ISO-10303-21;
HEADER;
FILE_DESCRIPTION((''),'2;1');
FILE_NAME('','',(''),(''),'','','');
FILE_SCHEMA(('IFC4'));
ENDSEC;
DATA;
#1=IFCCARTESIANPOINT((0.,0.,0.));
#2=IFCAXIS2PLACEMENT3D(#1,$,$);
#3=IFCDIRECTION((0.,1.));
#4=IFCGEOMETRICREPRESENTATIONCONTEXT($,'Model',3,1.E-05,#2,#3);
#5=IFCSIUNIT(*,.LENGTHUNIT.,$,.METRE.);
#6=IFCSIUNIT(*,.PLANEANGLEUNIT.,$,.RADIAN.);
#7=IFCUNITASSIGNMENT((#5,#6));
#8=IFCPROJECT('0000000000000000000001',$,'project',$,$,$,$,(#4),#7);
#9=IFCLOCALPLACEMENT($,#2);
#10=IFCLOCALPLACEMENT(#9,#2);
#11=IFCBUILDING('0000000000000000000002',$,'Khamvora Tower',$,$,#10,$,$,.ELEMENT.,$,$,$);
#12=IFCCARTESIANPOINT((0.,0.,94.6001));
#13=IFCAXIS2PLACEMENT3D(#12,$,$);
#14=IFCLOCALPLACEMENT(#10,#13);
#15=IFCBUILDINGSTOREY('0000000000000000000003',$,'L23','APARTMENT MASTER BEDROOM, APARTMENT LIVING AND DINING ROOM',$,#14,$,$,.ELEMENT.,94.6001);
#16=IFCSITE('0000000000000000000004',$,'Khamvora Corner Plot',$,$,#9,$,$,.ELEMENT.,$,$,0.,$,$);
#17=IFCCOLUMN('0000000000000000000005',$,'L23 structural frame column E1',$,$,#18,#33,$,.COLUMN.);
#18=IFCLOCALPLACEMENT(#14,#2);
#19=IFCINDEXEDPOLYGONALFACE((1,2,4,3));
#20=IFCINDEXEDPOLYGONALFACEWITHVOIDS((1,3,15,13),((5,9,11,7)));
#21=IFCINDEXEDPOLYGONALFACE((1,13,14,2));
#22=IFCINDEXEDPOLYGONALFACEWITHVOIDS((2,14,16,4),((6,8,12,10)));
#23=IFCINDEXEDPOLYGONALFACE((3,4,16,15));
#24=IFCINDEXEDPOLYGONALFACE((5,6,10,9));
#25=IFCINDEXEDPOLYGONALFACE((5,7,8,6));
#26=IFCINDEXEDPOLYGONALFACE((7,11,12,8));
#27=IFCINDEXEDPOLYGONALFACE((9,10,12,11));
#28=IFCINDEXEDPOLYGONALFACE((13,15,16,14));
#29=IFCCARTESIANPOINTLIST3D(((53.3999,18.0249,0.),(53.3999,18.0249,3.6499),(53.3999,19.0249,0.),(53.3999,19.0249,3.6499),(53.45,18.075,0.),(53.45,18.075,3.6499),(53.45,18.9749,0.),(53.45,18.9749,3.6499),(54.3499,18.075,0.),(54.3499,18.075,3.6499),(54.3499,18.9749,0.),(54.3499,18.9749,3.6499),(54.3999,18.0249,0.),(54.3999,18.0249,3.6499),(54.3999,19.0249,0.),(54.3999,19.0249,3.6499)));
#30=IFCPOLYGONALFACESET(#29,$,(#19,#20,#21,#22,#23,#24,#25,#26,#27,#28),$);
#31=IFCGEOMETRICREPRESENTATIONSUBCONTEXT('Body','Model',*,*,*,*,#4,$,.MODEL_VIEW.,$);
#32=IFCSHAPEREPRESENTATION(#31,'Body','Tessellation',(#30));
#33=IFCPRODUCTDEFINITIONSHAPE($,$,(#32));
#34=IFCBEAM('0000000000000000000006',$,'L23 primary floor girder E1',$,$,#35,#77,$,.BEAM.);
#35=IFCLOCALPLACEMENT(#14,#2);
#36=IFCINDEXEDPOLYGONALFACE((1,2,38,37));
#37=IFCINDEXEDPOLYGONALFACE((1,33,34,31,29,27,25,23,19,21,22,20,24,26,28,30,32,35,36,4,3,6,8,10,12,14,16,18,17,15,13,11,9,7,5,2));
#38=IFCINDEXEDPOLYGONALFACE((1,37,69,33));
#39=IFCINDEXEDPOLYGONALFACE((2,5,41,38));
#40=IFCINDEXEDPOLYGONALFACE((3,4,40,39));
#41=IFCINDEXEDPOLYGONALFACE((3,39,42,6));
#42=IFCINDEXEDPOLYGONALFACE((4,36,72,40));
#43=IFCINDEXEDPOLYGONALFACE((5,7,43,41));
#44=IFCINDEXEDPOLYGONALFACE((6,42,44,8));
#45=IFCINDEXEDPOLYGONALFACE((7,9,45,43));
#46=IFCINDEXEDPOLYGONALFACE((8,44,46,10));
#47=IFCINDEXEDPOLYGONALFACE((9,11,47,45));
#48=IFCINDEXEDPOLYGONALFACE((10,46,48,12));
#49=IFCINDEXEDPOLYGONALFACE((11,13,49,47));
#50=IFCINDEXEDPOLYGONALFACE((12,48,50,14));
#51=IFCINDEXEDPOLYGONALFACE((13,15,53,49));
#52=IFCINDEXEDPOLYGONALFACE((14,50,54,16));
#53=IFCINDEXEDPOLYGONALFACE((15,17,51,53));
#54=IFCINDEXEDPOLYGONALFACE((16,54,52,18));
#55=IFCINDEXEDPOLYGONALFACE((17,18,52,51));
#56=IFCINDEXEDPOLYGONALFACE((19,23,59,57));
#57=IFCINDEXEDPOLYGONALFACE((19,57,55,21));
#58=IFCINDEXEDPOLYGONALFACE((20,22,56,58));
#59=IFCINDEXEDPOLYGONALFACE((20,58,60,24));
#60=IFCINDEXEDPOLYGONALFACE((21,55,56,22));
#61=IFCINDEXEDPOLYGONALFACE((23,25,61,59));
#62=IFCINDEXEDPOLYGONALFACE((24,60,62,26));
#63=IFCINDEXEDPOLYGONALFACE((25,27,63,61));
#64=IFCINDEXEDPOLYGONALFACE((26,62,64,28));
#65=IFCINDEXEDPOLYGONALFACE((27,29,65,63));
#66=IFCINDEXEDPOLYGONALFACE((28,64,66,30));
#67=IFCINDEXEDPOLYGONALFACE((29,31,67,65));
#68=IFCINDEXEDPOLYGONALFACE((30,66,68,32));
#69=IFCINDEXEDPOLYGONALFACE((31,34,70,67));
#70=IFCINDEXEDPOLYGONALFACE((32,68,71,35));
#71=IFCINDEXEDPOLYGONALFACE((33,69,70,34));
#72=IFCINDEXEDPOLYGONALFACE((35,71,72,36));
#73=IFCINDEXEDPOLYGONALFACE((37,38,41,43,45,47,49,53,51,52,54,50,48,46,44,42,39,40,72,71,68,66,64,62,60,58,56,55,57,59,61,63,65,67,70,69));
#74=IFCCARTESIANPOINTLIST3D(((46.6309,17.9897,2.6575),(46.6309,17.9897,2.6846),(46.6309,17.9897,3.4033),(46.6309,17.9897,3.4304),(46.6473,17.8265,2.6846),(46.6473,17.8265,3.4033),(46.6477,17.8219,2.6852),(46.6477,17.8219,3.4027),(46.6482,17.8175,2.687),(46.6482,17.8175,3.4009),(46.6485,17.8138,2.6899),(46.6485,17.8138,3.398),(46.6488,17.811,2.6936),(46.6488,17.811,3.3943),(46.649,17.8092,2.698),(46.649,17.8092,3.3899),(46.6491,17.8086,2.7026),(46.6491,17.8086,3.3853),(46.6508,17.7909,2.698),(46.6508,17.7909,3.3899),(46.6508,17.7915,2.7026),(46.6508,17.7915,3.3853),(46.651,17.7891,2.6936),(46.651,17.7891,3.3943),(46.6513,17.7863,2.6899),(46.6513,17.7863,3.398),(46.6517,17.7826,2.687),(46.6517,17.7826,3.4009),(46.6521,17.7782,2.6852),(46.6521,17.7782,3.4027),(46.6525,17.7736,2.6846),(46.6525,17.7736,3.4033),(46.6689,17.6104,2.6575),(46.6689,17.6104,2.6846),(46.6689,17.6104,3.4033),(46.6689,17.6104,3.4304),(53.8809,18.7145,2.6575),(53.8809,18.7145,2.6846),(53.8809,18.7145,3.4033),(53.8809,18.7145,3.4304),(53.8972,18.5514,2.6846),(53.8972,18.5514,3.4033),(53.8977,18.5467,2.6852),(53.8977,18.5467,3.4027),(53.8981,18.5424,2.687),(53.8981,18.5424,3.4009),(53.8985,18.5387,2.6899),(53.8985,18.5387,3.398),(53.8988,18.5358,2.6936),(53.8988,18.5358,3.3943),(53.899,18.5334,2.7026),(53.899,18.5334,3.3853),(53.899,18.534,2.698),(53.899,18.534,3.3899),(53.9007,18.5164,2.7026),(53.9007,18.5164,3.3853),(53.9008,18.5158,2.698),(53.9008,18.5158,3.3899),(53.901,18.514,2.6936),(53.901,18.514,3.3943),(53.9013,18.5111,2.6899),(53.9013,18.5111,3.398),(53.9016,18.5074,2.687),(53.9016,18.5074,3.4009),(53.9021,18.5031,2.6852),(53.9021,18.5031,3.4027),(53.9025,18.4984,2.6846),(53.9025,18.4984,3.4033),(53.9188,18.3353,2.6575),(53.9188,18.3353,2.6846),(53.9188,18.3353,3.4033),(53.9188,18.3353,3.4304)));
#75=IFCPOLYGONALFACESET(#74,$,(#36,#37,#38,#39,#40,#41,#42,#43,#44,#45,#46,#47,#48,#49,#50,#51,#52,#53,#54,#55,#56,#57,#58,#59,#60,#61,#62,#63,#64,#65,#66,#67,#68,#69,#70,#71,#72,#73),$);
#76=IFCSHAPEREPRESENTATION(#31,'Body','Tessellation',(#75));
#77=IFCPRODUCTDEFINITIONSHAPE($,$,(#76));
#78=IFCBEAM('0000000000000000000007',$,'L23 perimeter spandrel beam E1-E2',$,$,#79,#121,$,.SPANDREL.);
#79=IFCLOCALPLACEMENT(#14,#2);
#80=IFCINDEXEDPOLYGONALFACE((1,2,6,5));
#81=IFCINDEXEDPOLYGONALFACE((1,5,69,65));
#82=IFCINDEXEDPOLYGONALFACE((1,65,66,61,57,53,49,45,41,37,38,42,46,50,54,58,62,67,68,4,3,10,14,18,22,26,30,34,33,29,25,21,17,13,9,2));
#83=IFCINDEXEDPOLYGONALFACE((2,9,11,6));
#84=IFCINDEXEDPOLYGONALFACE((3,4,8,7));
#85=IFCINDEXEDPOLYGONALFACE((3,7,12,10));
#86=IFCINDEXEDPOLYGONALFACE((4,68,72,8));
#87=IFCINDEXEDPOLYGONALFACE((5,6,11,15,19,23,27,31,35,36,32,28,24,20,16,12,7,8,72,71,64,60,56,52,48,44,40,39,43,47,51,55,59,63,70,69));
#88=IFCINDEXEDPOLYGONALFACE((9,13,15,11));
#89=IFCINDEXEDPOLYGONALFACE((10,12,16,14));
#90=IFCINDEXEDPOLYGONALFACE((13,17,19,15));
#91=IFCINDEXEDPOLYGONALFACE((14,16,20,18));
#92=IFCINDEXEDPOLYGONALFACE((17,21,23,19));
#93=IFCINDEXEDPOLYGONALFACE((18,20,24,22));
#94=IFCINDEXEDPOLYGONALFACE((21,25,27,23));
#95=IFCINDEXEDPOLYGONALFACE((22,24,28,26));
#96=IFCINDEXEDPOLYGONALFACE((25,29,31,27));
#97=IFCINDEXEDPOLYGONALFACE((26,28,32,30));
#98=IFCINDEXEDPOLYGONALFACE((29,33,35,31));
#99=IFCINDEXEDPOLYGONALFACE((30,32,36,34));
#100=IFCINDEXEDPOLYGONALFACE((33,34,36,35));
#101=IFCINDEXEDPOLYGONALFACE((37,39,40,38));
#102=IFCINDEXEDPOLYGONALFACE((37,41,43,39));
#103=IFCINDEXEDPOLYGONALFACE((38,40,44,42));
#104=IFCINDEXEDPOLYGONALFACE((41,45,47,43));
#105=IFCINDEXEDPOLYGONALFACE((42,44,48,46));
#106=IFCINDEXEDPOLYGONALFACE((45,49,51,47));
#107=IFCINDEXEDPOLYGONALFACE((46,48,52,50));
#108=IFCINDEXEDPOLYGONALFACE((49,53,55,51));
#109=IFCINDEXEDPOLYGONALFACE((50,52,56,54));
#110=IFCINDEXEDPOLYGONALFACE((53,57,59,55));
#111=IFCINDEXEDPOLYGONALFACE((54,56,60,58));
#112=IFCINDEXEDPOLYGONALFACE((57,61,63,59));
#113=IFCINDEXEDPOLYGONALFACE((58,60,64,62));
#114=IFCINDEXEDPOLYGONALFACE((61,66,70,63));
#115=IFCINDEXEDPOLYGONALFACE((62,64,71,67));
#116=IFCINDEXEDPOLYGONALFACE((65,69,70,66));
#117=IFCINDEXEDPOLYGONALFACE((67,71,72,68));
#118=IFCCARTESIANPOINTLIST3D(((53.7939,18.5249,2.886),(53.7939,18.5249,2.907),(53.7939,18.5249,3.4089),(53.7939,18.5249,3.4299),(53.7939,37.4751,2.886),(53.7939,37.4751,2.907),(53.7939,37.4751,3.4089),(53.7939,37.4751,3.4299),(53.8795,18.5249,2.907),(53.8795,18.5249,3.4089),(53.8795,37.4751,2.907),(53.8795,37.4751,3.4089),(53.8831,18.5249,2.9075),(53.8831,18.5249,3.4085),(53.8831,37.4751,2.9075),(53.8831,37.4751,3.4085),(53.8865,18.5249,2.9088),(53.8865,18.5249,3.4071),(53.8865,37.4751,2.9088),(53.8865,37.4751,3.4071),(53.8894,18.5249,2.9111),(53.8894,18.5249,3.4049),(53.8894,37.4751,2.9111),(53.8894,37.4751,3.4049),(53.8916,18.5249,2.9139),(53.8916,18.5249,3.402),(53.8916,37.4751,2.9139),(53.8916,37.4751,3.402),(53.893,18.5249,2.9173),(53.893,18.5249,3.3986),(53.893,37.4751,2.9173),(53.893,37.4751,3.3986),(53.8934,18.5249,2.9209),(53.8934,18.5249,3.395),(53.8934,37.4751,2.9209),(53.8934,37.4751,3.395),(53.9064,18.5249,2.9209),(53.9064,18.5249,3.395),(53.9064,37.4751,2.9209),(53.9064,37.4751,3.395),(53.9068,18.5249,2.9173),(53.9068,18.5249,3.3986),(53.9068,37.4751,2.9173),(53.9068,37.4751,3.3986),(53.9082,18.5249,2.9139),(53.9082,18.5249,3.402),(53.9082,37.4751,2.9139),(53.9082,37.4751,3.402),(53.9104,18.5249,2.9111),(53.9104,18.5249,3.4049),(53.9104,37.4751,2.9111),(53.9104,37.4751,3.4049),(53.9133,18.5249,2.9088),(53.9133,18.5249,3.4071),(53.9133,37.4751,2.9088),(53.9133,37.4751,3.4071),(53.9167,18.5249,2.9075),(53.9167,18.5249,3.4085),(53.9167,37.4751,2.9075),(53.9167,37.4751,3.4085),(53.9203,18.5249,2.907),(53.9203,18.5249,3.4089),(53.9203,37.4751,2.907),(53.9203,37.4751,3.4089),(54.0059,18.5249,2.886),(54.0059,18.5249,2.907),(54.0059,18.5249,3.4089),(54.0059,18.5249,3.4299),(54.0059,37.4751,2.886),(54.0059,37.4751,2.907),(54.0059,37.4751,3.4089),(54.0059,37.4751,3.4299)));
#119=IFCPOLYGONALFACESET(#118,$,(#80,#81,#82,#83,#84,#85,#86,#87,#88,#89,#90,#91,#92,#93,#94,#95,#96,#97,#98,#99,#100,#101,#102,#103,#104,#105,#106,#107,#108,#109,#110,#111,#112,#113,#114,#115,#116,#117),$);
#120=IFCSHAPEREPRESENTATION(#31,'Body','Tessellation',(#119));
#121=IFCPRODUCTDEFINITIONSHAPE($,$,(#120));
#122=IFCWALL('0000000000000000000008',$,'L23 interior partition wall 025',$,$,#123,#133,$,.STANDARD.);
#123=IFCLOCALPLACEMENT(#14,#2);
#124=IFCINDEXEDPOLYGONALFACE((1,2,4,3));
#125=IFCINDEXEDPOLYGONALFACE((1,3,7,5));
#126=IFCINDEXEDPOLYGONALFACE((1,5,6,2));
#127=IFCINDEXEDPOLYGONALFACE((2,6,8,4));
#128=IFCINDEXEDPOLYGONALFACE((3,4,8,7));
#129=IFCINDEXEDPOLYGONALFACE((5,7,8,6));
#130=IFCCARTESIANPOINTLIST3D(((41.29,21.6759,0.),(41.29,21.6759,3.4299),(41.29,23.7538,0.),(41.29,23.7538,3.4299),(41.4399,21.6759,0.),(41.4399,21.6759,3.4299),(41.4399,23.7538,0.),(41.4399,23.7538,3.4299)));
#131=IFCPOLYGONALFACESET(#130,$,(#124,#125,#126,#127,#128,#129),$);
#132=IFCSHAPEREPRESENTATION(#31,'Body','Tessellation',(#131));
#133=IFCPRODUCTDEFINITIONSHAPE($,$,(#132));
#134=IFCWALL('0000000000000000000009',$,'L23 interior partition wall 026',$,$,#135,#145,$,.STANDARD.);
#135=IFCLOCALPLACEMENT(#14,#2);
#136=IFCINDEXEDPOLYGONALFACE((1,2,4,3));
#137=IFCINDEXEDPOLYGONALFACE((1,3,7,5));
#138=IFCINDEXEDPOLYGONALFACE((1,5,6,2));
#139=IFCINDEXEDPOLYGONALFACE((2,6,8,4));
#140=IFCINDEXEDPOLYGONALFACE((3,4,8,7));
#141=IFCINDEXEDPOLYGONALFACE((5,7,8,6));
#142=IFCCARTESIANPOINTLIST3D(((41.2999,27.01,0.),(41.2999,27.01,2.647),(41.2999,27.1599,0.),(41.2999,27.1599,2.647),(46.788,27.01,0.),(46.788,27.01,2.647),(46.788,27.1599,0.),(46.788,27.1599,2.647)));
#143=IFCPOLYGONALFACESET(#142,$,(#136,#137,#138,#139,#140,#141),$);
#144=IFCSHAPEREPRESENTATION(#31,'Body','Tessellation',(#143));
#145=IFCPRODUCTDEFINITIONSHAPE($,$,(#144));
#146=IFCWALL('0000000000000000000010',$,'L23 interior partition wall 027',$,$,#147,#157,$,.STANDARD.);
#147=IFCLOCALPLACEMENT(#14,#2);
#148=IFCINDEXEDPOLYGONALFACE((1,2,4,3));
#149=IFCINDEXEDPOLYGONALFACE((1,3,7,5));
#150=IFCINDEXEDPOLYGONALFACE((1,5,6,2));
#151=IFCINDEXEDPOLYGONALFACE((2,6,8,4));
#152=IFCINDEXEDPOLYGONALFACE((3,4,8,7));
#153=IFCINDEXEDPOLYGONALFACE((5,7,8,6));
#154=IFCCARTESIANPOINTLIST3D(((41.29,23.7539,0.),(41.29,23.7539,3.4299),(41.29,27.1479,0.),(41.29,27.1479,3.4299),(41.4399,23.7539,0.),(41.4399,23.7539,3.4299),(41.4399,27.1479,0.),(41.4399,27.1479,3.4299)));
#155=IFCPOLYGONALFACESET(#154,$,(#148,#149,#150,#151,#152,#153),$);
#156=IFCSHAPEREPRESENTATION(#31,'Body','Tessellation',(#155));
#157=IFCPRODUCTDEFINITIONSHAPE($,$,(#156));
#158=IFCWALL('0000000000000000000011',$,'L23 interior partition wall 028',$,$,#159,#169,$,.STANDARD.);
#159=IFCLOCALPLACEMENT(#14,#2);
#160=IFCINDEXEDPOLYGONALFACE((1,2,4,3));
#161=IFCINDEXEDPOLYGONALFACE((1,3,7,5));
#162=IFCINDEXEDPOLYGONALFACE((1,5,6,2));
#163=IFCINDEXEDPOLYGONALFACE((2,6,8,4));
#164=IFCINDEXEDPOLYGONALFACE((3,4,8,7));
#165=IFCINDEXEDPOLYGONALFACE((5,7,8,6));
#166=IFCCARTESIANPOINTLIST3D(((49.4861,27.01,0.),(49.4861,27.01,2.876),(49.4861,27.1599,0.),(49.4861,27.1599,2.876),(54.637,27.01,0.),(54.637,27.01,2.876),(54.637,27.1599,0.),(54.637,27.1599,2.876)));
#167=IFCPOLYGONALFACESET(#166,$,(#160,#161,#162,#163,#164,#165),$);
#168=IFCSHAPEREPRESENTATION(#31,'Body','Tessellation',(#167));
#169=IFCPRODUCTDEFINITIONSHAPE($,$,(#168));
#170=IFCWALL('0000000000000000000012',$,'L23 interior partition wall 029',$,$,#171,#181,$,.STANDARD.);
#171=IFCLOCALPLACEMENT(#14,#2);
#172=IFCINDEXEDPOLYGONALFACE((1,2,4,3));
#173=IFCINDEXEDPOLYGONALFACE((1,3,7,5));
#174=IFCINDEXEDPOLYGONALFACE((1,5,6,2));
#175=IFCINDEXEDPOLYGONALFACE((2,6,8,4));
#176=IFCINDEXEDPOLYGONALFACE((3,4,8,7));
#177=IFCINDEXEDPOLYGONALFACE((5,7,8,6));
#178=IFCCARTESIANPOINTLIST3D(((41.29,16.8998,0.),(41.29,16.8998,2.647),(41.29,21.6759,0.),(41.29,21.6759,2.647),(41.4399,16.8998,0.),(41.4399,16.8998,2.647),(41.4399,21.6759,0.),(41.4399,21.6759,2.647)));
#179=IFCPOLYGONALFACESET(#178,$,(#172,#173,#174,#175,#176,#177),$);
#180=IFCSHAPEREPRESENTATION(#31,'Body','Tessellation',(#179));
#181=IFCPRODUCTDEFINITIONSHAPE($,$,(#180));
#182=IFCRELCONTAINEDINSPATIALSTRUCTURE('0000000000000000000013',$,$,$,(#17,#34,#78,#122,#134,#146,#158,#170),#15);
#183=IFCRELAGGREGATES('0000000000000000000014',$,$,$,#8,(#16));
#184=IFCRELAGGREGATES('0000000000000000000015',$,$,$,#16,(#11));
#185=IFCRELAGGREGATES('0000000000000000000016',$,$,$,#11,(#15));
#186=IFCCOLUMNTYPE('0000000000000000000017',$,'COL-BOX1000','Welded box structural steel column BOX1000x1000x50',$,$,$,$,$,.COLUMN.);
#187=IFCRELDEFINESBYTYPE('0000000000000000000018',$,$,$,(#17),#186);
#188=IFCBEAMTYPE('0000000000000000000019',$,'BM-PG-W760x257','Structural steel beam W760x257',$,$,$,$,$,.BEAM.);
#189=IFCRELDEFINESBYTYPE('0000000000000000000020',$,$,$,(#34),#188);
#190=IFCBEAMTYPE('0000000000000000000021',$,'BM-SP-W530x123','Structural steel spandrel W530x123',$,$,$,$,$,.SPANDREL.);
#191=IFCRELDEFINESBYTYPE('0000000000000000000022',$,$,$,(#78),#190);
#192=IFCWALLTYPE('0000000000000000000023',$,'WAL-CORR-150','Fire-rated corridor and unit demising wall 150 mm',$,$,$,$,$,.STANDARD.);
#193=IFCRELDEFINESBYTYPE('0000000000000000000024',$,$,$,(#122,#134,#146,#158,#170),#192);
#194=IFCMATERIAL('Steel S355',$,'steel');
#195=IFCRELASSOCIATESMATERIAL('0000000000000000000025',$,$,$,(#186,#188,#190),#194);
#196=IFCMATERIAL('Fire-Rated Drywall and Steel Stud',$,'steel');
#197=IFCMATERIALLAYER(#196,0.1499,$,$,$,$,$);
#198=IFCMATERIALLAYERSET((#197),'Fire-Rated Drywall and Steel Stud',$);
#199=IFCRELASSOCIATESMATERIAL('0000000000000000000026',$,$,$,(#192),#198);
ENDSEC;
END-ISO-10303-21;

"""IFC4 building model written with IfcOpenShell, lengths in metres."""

from ifc_helpers import new_model, si_unit, direction, frame, frame_2d, origin, origin_2d, place, context, subcontext, project, spatial, rectangle, hollow_rectangle, i_section, extrude, material, layer, layer_set, material_profile, profile_set, type_object, element, save


model = new_model("IFC4")

# Units and contexts
model_context = context("Model", 3, precision=1e-05, world=origin(), true_north=direction((0.0, 1.0)))
body_context = subcontext(model_context, "Body", "Model", "MODEL_VIEW")
ifc_project = project(units=[si_unit("LENGTHUNIT", "METRE"), si_unit("PLANEANGLEUNIT", "RADIAN")], contexts=[model_context])

# Site, building, storey
site_placement = place(None, origin())
site = spatial("IfcSite", under=ifc_project, at=site_placement, Name="Khamvora Corner Plot", CompositionType="ELEMENT", RefElevation=0.0)
building_placement = place(site_placement, origin())
building = spatial("IfcBuilding", under=site, at=building_placement, Name="Khamvora Tower", CompositionType="ELEMENT")
storey_placement = place(building_placement, frame((0.0, 0.0, 94.6001)))
storey = spatial("IfcBuildingStorey", under=building, at=storey_placement, Name="L23", Description="APARTMENT MASTER BEDROOM, APARTMENT LIVING AND DINING ROOM", CompositionType="ELEMENT", Elevation=94.6001)

# Column
ifc_material_1 = material(Name="Steel S355", Category="steel")
ifc_material_profile_1 = material_profile(ifc_material_1, hollow_rectangle(XDim=1.0, YDim=1.0, WallThickness=0.05, at=origin_2d()), Name="BOX1000x1000x50")
ifc_profile_set_1 = profile_set([ifc_material_profile_1], Name="Steel S355")
column_type = type_object("IfcColumnType", Name="COL-BOX1000", Description="Welded box structural steel column BOX1000x1000x50", PredefinedType="COLUMN", material=ifc_profile_set_1)
column_placement = place(storey_placement, frame((53.8999, 18.5249, 0.0), z_axis=(0.0, 0.0, 1.0), x_axis=(1.0, 0.0, 0.0)))
element("IfcColumn", 1, at=column_placement, inside=storey, type_object=column_type, Name="L23 structural frame column E1", PredefinedType="COLUMN", context=body_context, shape_type="SweptSolid", body=[
    extrude(hollow_rectangle(XDim=1.0, YDim=1.0, WallThickness=0.05, at=origin_2d()), origin(), (0.0, 0.0, 1.0), 3.6499),
])

# Beams
ifc_material_profile_2 = material_profile(ifc_material_1, i_section(OverallWidth=0.3811, OverallDepth=0.7729, WebThickness=0.0171, FlangeThickness=0.0271, FilletRadius=0.0181, at=origin_2d()), Name="W760x257")
ifc_profile_set_2 = profile_set([ifc_material_profile_2], Name="Steel S355")
beam_type_1 = type_object("IfcBeamType", Name="BM-PG-W760x257", Description="Structural steel beam W760x257", PredefinedType="BEAM", material=ifc_profile_set_2)
beam_1_placement = place(storey_placement, frame((46.6499, 17.8, 3.0439), z_axis=(0.995039, 0.099484, 0.0), x_axis=(-0.099484, 0.995039, 0.0)))
element("IfcBeam", 2, at=beam_1_placement, inside=storey, type_object=beam_type_1, Name="L23 primary floor girder E1", PredefinedType="BEAM", context=body_context, shape_type="SweptSolid", body=[
    extrude(i_section(OverallWidth=0.3811, OverallDepth=0.7729, WebThickness=0.0171, FlangeThickness=0.0271, FilletRadius=0.0181, at=origin_2d()), origin(), (0.0, 0.0, 1.0), 7.2861),
])
ifc_material_profile_3 = material_profile(ifc_material_1, i_section(OverallWidth=0.2119, OverallDepth=0.5439, WebThickness=0.0129, FlangeThickness=0.021, FilletRadius=0.0139, at=origin_2d()), Name="W530x123")
ifc_profile_set_3 = profile_set([ifc_material_profile_3], Name="Steel S355")
beam_type_2 = type_object("IfcBeamType", Name="BM-SP-W530x123", Description="Structural steel spandrel W530x123", PredefinedType="SPANDREL", material=ifc_profile_set_3)
beam_2_placement = place(storey_placement, frame((53.8999, 18.5249, 3.158), z_axis=(0.0, 1.0, 0.0), x_axis=(-1.0, 0.0, 0.0)))
element("IfcBeam", 3, at=beam_2_placement, inside=storey, type_object=beam_type_2, Name="L23 perimeter spandrel beam E1-E2", PredefinedType="SPANDREL", context=body_context, shape_type="SweptSolid", body=[
    extrude(i_section(OverallWidth=0.2119, OverallDepth=0.5439, WebThickness=0.0129, FlangeThickness=0.021, FilletRadius=0.0139, at=origin_2d()), origin(), (0.0, 0.0, 1.0), 18.9502),
])

# Shared definitions
ifc_material_2 = material(Name="Fire-Rated Drywall and Steel Stud", Category="steel")
ifc_layer_1 = layer(ifc_material_2, 0.1499)
ifc_layer_set_1 = layer_set([ifc_layer_1], Name="Fire-Rated Drywall and Steel Stud")
wall_type_1 = type_object("IfcWallType", Name="WAL-CORR-150", Description="Fire-rated corridor and unit demising wall 150 mm", PredefinedType="STANDARD", material=ifc_layer_set_1)

# Walls
wall_1_placement = place(storey_placement, frame((41.365, 23.7539, 0.0), z_axis=(0.0, 0.0, 1.0), x_axis=(0.0, -1.0, 0.0)))
element("IfcWall", 4, at=wall_1_placement, inside=storey, type_object=wall_type_1, Name="L23 interior partition wall 025", PredefinedType="STANDARD", context=body_context, shape_type="SweptSolid", body=[
    extrude(rectangle(XDim=2.0779, YDim=0.1499, at=frame_2d((1.0391, 0.0))), origin(), (0.0, 0.0, 1.0), 3.4299),
])
wall_2_placement = place(storey_placement, frame((46.7881, 27.085, 0.0), z_axis=(0.0, 0.0, 1.0), x_axis=(-1.0, 0.0, 0.0)))
element("IfcWall", 5, at=wall_2_placement, inside=storey, type_object=wall_type_1, Name="L23 interior partition wall 026", PredefinedType="STANDARD", context=body_context, shape_type="SweptSolid", body=[
    extrude(rectangle(XDim=5.488, YDim=0.1499, at=frame_2d((2.7441, 0.0))), origin(), (0.0, 0.0, 1.0), 2.647),
])
wall_3_placement = place(storey_placement, frame((41.365, 27.1479, 0.0), z_axis=(0.0, 0.0, 1.0), x_axis=(0.0, -1.0, 0.0)))
element("IfcWall", 6, at=wall_3_placement, inside=storey, type_object=wall_type_1, Name="L23 interior partition wall 027", PredefinedType="STANDARD", context=body_context, shape_type="SweptSolid", body=[
    extrude(rectangle(XDim=3.394, YDim=0.1499, at=frame_2d((1.697, 0.0))), origin(), (0.0, 0.0, 1.0), 3.4299),
])
wall_4_placement = place(storey_placement, frame((54.637, 27.085, 0.0), z_axis=(0.0, 0.0, 1.0), x_axis=(-1.0, 0.0, 0.0)))
element("IfcWall", 7, at=wall_4_placement, inside=storey, type_object=wall_type_1, Name="L23 interior partition wall 028", PredefinedType="STANDARD", context=body_context, shape_type="SweptSolid", body=[
    extrude(rectangle(XDim=5.1509, YDim=0.1499, at=frame_2d((2.5754, 0.0))), origin(), (0.0, 0.0, 1.0), 2.876),
])
wall_5_placement = place(storey_placement, frame((41.365, 21.676, 0.0), z_axis=(0.0, 0.0, 1.0), x_axis=(0.0, -1.0, 0.0)))
element("IfcWall", 8, at=wall_5_placement, inside=storey, type_object=wall_type_1, Name="L23 interior partition wall 029", PredefinedType="STANDARD", context=body_context, shape_type="SweptSolid", body=[
    extrude(rectangle(XDim=4.7761, YDim=0.1499, at=frame_2d((2.3882, 0.0))), origin(), (0.0, 0.0, 1.0), 2.647),
])

save(model, "model.ifc")
